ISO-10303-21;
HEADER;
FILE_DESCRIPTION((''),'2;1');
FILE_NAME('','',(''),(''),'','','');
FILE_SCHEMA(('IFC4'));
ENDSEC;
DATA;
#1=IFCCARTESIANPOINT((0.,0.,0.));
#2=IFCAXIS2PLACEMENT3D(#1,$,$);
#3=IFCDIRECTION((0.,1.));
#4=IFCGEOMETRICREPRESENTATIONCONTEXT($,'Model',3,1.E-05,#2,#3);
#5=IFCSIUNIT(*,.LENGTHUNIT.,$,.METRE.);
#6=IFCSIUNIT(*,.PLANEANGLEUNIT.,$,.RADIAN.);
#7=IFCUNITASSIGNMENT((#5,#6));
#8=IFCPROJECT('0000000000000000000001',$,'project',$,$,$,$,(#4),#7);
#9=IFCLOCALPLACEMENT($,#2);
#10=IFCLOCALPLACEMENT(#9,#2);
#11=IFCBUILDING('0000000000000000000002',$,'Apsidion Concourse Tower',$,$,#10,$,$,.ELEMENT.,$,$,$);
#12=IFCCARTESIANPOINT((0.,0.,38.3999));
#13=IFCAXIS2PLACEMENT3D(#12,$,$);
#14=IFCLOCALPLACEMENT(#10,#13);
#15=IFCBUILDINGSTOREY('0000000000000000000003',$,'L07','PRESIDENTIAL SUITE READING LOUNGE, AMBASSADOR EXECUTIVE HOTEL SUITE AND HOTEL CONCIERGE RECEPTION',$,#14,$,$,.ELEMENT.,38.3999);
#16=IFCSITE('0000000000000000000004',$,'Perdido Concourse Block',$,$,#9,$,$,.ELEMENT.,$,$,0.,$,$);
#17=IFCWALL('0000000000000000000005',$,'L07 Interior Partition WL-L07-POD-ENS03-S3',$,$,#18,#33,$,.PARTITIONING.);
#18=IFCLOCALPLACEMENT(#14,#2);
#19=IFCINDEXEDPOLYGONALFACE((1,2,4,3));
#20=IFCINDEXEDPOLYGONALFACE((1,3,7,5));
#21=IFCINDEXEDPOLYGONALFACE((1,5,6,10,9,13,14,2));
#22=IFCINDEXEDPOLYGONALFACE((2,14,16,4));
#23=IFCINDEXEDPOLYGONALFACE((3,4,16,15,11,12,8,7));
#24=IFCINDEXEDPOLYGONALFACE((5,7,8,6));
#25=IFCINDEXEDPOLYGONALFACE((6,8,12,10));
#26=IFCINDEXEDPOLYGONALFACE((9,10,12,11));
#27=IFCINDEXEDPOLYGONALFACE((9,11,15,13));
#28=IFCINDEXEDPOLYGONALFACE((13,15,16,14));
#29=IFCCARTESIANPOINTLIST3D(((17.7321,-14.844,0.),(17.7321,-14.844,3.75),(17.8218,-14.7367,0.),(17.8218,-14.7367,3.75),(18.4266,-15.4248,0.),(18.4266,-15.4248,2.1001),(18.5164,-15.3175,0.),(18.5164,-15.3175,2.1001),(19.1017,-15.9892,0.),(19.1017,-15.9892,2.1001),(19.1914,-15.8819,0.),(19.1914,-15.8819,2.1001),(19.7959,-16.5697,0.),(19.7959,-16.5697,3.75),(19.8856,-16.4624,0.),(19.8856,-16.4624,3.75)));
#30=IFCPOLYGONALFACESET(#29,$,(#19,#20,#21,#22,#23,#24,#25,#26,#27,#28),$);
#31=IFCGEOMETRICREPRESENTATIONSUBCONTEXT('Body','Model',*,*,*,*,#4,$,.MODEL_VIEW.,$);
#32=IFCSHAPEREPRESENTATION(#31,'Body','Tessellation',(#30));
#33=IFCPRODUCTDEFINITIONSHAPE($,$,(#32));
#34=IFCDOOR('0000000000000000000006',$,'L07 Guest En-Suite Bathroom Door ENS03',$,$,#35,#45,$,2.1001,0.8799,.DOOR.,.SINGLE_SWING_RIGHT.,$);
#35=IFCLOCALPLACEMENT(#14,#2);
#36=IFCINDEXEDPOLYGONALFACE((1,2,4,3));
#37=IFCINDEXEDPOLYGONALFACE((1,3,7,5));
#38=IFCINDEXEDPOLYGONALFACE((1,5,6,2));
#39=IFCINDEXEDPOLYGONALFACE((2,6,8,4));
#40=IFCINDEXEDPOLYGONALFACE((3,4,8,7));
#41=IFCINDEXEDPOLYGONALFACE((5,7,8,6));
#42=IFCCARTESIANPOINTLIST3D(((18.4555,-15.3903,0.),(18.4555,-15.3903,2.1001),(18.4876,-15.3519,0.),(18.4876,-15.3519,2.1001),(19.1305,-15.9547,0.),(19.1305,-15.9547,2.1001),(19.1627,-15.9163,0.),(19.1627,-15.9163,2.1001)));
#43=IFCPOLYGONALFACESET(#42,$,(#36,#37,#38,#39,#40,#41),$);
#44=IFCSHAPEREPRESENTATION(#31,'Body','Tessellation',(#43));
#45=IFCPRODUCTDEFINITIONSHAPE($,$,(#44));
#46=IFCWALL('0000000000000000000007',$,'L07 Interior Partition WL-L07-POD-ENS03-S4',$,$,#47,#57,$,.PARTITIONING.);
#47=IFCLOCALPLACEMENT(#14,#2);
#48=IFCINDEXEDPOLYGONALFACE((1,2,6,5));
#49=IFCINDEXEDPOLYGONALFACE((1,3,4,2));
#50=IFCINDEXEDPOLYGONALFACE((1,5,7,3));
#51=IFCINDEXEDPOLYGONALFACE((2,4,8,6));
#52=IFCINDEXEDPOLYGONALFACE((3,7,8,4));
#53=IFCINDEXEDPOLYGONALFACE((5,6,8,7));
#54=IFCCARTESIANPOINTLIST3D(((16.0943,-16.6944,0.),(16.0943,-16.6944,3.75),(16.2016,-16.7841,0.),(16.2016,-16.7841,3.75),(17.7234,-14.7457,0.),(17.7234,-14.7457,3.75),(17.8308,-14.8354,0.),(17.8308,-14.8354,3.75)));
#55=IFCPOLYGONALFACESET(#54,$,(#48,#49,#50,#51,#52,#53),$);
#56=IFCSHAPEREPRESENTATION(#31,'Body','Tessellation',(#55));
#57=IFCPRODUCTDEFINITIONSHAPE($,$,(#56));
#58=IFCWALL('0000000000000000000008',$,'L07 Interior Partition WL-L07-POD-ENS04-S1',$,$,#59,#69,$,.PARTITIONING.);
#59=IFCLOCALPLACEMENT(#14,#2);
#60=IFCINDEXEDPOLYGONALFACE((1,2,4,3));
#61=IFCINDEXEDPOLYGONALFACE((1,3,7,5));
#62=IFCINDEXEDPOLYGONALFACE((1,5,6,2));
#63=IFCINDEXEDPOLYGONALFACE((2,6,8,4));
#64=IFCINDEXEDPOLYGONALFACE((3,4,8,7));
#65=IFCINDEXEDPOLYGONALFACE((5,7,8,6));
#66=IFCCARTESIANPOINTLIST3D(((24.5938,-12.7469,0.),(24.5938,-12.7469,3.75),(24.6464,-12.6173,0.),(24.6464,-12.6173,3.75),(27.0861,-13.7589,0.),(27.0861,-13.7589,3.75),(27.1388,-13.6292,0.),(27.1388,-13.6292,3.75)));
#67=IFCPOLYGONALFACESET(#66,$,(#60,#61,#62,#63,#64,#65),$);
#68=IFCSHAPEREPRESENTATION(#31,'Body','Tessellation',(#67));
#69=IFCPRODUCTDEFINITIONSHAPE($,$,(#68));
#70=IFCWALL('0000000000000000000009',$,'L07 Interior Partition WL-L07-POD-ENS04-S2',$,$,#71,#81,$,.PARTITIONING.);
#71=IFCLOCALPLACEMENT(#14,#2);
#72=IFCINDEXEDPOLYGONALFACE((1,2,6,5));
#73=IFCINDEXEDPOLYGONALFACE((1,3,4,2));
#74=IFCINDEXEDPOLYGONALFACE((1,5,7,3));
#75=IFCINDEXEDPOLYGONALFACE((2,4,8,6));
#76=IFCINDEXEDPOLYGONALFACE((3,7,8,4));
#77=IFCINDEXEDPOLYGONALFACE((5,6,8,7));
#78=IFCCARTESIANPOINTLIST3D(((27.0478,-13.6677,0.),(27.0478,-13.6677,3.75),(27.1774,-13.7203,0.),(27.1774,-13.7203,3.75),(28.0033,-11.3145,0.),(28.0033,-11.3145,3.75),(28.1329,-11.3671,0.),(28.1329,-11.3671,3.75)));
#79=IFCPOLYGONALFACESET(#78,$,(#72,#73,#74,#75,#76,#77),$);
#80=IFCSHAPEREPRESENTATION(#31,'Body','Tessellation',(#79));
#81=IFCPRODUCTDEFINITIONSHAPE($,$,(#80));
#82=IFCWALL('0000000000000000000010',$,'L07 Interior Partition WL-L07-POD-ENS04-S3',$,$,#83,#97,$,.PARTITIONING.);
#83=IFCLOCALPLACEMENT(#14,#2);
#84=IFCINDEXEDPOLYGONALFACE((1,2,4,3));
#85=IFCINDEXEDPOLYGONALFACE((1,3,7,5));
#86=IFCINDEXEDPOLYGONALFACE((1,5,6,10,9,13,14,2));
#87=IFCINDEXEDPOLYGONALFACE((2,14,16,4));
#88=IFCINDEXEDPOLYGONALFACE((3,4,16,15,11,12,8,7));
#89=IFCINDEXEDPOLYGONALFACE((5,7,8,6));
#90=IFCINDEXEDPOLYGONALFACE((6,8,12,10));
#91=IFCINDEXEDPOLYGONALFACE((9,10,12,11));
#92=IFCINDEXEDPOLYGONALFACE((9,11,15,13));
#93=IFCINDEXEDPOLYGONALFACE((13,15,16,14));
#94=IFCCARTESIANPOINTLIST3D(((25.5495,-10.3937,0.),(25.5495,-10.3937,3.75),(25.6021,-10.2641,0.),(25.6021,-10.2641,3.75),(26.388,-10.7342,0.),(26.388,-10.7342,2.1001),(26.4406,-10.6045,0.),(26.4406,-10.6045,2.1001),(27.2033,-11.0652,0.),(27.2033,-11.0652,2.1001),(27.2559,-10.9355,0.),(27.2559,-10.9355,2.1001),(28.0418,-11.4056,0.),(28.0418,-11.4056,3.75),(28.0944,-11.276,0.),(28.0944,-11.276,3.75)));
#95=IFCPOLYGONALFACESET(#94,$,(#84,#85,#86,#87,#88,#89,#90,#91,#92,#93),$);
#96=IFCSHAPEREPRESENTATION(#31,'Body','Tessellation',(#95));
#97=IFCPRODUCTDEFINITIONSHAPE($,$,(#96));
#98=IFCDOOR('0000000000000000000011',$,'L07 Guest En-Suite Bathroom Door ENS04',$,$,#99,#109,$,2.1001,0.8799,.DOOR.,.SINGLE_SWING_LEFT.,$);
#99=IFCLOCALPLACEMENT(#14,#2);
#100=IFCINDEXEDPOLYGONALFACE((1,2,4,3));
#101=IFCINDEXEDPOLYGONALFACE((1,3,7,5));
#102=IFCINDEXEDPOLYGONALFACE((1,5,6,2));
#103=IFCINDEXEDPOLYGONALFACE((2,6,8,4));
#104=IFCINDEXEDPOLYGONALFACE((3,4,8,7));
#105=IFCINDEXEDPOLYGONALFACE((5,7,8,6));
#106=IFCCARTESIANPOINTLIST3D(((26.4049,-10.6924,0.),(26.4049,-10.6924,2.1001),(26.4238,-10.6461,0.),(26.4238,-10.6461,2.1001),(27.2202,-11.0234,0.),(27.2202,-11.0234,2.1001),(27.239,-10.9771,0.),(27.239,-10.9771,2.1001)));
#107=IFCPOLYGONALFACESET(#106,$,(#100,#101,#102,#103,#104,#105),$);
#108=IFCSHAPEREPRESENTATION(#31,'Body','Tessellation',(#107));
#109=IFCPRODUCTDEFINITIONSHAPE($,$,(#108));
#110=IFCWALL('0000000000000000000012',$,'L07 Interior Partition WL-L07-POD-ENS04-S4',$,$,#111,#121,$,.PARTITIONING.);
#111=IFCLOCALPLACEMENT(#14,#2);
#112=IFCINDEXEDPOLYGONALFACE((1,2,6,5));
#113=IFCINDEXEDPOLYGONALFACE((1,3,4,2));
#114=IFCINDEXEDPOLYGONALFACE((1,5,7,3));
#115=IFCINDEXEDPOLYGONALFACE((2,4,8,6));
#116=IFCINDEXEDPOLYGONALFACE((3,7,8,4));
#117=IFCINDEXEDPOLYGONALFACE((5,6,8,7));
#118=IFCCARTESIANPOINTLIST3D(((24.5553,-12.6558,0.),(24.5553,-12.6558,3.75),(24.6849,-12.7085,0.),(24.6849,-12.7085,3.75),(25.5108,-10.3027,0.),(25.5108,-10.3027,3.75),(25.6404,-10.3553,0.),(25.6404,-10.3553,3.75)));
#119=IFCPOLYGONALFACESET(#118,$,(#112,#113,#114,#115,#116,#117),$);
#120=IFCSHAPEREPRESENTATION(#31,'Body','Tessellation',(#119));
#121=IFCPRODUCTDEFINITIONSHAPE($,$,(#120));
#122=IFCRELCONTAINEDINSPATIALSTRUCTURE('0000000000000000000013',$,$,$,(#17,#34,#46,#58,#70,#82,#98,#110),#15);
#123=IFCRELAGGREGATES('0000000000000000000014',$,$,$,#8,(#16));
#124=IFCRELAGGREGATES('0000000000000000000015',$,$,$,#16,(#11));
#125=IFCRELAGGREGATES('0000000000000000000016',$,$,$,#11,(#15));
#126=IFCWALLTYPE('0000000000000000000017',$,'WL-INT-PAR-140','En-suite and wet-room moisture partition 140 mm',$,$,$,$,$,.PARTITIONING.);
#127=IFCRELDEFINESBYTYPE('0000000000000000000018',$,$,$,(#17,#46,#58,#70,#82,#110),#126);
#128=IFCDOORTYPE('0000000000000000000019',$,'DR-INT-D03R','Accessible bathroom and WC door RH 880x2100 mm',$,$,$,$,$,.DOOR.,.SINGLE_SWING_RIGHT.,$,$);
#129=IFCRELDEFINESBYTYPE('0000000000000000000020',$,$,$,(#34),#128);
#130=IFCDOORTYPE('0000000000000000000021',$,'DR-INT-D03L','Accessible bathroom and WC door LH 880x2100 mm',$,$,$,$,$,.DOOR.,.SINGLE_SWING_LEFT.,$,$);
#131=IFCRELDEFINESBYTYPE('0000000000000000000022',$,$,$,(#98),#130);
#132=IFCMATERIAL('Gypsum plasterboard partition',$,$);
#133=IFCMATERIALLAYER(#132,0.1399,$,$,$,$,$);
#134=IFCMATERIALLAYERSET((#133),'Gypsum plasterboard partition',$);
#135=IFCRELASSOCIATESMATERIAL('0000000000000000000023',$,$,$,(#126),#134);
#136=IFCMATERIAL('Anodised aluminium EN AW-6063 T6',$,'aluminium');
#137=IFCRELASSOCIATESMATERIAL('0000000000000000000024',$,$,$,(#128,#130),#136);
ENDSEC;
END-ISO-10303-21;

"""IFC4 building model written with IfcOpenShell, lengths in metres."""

from ifc_helpers import new_model, si_unit, direction, frame, frame_2d, origin, place, context, subcontext, project, spatial, rectangle, extrude, material, layer, layer_set, type_object, element, fill, save


model = new_model("IFC4")

# Units and contexts
model_context = context("Model", 3, precision=1e-05, world=origin(), true_north=direction((0.0, 1.0)))
body_context = subcontext(model_context, "Body", "Model", "MODEL_VIEW")
ifc_project = project(units=[si_unit("LENGTHUNIT", "METRE"), si_unit("PLANEANGLEUNIT", "RADIAN")], contexts=[model_context])

# Site, building, storey
site_placement = place(None, origin())
site = spatial("IfcSite", under=ifc_project, at=site_placement, Name="Perdido Concourse Block", CompositionType="ELEMENT", RefElevation=0.0)
building_placement = place(site_placement, origin())
building = spatial("IfcBuilding", under=site, at=building_placement, Name="Apsidion Concourse Tower", CompositionType="ELEMENT")
storey_placement = place(building_placement, frame((0.0, 0.0, 38.3999)))
storey = spatial("IfcBuildingStorey", under=building, at=storey_placement, Name="L07", Description="PRESIDENTIAL SUITE READING LOUNGE, AMBASSADOR EXECUTIVE HOTEL SUITE AND HOTEL CONCIERGE RECEPTION", CompositionType="ELEMENT", Elevation=38.3999)

# Shared definitions
ifc_material_1 = material(Name="Anodised aluminium EN AW-6063 T6", Category="aluminium")

# Shared definitions
ifc_material_2 = material(Name="Gypsum plasterboard partition")
ifc_layer_1 = layer(ifc_material_2, 0.1399)
ifc_layer_set_1 = layer_set([ifc_layer_1], Name="Gypsum plasterboard partition")
wall_type_1 = type_object("IfcWallType", Name="WL-INT-PAR-140", Description="En-suite and wet-room moisture partition 140 mm", PredefinedType="PARTITIONING", material=ifc_layer_set_1)

# Wall, opening, door
wall_1_placement = place(storey_placement, frame((19.8408, -16.5161, 0.0), z_axis=(0.0, 0.0, 1.0), x_axis=(-0.767156, 0.64146, 0.0)))
wall_1 = element("IfcWall", 1, at=wall_1_placement, inside=storey, type_object=wall_type_1, Name="L07 Interior Partition WL-L07-POD-ENS03-S3", PredefinedType="PARTITIONING", context=body_context, shape_type="SweptSolid", body=[
    extrude(rectangle(XDim=2.6902, YDim=0.1399, at=frame_2d((1.3452, 0.0))), origin(), (0.0, 0.0, 1.0), 3.75),
])
opening_1_placement = place(wall_1_placement, frame((0.905, 0.0, 0.0)))
opening_1 = element("IfcOpeningElement", 2, at=opening_1_placement, cuts=wall_1, PredefinedType="OPENING", context=body_context, shape_type="SweptSolid", body=[
    extrude(rectangle(XDim=0.8799, YDim=2.1001, at=frame_2d((0.4399, 1.05))), frame((0.0, 0.0801, 0.0), z_axis=(0.0, -1.0, 0.0), x_axis=(1.0, 0.0, 0.0)), (0.0, 0.0, 1.0), 0.1599),
])
door_type_1 = type_object("IfcDoorType", Name="DR-INT-D03R", Description="Accessible bathroom and WC door RH 880x2100 mm", OperationType="SINGLE_SWING_RIGHT", PredefinedType="DOOR", material=ifc_material_1)
door_1_placement = place(opening_1_placement, origin())
door_1 = element("IfcDoor", 3, at=door_1_placement, inside=storey, type_object=door_type_1, Name="L07 Guest En-Suite Bathroom Door ENS03", OperationType="SINGLE_SWING_RIGHT", OverallHeight=2.1001, OverallWidth=0.8799, PredefinedType="DOOR", context=body_context, shape_type="SweptSolid", body=[
    extrude(rectangle(XDim=0.8799, YDim=2.1001, at=frame_2d((0.4399, 1.05))), frame((0.0, 0.0249, 0.0), z_axis=(0.0, -1.0, 0.0), x_axis=(1.0, 0.0, 0.0)), (0.0, 0.0, 1.0), 0.05),
])
fill(opening_1, door_1)

# Walls
wall_2_placement = place(storey_placement, frame((17.7771, -14.7905, 0.0), z_axis=(0.0, 0.0, 1.0), x_axis=(-0.641394, -0.767212, 0.0)))
element("IfcWall", 4, at=wall_2_placement, inside=storey, type_object=wall_type_1, Name="L07 Interior Partition WL-L07-POD-ENS03-S4", PredefinedType="PARTITIONING", context=body_context, shape_type="SweptSolid", body=[
    extrude(rectangle(XDim=2.54, YDim=0.1399, at=frame_2d((1.27, 0.0))), origin(), (0.0, 0.0, 1.0), 3.75),
])
wall_3_placement = place(storey_placement, frame((24.6201, -12.6821, 0.0), z_axis=(0.0, 0.0, 1.0), x_axis=(0.926543, -0.37619, 0.0)))
element("IfcWall", 5, at=wall_3_placement, inside=storey, type_object=wall_type_1, Name="L07 Interior Partition WL-L07-POD-ENS04-S1", PredefinedType="PARTITIONING", context=body_context, shape_type="SweptSolid", body=[
    extrude(rectangle(XDim=2.6899, YDim=0.1399, at=frame_2d((1.345, 0.0))), origin(), (0.0, 0.0, 1.0), 3.75),
])
wall_4_placement = place(storey_placement, frame((27.1125, -13.6941, 0.0), z_axis=(0.0, 0.0, 1.0), x_axis=(0.376225, 0.926528, 0.0)))
element("IfcWall", 6, at=wall_4_placement, inside=storey, type_object=wall_type_1, Name="L07 Interior Partition WL-L07-POD-ENS04-S2", PredefinedType="PARTITIONING", context=body_context, shape_type="SweptSolid", body=[
    extrude(rectangle(XDim=2.5398, YDim=0.1399, at=frame_2d((1.27, 0.0))), origin(), (0.0, 0.0, 1.0), 3.75),
])

# Wall, opening, door
wall_5_placement = place(storey_placement, frame((28.0681, -11.3408, 0.0), z_axis=(0.0, 0.0, 1.0), x_axis=(-0.926543, 0.37619, 0.0)))
wall_5 = element("IfcWall", 7, at=wall_5_placement, inside=storey, type_object=wall_type_1, Name="L07 Interior Partition WL-L07-POD-ENS04-S3", PredefinedType="PARTITIONING", context=body_context, shape_type="SweptSolid", body=[
    extrude(rectangle(XDim=2.6899, YDim=0.1399, at=frame_2d((1.345, 0.0))), origin(), (0.0, 0.0, 1.0), 3.75),
])
opening_2_placement = place(wall_5_placement, frame((0.905, 0.0, 0.0)))
opening_2 = element("IfcOpeningElement", 8, at=opening_2_placement, cuts=wall_5, PredefinedType="OPENING", context=body_context, shape_type="SweptSolid", body=[
    extrude(rectangle(XDim=0.8799, YDim=2.1001, at=frame_2d((0.4399, 1.05))), frame((0.0, 0.0801, 0.0), z_axis=(0.0, -1.0, 0.0), x_axis=(1.0, 0.0, 0.0)), (0.0, 0.0, 1.0), 0.1599),
])
door_type_2 = type_object("IfcDoorType", Name="DR-INT-D03L", Description="Accessible bathroom and WC door LH 880x2100 mm", OperationType="SINGLE_SWING_LEFT", PredefinedType="DOOR", material=ifc_material_1)
door_2_placement = place(opening_2_placement, origin())
door_2 = element("IfcDoor", 9, at=door_2_placement, inside=storey, type_object=door_type_2, Name="L07 Guest En-Suite Bathroom Door ENS04", OperationType="SINGLE_SWING_LEFT", OverallHeight=2.1001, OverallWidth=0.8799, PredefinedType="DOOR", context=body_context, shape_type="SweptSolid", body=[
    extrude(rectangle(XDim=0.8799, YDim=2.1001, at=frame_2d((0.4399, 1.05))), frame((0.0, 0.0249, 0.0), z_axis=(0.0, -1.0, 0.0), x_axis=(1.0, 0.0, 0.0)), (0.0, 0.0, 1.0), 0.05),
])
fill(opening_2, door_2)

# Wall
wall_6_placement = place(storey_placement, frame((25.5757, -10.3289, 0.0), z_axis=(0.0, 0.0, 1.0), x_axis=(-0.376225, -0.926528, 0.0)))
element("IfcWall", 10, at=wall_6_placement, inside=storey, type_object=wall_type_1, Name="L07 Interior Partition WL-L07-POD-ENS04-S4", PredefinedType="PARTITIONING", context=body_context, shape_type="SweptSolid", body=[
    extrude(rectangle(XDim=2.5398, YDim=0.1399, at=frame_2d((1.27, 0.0))), origin(), (0.0, 0.0, 1.0), 3.75),
])

save(model, "model.ifc")
